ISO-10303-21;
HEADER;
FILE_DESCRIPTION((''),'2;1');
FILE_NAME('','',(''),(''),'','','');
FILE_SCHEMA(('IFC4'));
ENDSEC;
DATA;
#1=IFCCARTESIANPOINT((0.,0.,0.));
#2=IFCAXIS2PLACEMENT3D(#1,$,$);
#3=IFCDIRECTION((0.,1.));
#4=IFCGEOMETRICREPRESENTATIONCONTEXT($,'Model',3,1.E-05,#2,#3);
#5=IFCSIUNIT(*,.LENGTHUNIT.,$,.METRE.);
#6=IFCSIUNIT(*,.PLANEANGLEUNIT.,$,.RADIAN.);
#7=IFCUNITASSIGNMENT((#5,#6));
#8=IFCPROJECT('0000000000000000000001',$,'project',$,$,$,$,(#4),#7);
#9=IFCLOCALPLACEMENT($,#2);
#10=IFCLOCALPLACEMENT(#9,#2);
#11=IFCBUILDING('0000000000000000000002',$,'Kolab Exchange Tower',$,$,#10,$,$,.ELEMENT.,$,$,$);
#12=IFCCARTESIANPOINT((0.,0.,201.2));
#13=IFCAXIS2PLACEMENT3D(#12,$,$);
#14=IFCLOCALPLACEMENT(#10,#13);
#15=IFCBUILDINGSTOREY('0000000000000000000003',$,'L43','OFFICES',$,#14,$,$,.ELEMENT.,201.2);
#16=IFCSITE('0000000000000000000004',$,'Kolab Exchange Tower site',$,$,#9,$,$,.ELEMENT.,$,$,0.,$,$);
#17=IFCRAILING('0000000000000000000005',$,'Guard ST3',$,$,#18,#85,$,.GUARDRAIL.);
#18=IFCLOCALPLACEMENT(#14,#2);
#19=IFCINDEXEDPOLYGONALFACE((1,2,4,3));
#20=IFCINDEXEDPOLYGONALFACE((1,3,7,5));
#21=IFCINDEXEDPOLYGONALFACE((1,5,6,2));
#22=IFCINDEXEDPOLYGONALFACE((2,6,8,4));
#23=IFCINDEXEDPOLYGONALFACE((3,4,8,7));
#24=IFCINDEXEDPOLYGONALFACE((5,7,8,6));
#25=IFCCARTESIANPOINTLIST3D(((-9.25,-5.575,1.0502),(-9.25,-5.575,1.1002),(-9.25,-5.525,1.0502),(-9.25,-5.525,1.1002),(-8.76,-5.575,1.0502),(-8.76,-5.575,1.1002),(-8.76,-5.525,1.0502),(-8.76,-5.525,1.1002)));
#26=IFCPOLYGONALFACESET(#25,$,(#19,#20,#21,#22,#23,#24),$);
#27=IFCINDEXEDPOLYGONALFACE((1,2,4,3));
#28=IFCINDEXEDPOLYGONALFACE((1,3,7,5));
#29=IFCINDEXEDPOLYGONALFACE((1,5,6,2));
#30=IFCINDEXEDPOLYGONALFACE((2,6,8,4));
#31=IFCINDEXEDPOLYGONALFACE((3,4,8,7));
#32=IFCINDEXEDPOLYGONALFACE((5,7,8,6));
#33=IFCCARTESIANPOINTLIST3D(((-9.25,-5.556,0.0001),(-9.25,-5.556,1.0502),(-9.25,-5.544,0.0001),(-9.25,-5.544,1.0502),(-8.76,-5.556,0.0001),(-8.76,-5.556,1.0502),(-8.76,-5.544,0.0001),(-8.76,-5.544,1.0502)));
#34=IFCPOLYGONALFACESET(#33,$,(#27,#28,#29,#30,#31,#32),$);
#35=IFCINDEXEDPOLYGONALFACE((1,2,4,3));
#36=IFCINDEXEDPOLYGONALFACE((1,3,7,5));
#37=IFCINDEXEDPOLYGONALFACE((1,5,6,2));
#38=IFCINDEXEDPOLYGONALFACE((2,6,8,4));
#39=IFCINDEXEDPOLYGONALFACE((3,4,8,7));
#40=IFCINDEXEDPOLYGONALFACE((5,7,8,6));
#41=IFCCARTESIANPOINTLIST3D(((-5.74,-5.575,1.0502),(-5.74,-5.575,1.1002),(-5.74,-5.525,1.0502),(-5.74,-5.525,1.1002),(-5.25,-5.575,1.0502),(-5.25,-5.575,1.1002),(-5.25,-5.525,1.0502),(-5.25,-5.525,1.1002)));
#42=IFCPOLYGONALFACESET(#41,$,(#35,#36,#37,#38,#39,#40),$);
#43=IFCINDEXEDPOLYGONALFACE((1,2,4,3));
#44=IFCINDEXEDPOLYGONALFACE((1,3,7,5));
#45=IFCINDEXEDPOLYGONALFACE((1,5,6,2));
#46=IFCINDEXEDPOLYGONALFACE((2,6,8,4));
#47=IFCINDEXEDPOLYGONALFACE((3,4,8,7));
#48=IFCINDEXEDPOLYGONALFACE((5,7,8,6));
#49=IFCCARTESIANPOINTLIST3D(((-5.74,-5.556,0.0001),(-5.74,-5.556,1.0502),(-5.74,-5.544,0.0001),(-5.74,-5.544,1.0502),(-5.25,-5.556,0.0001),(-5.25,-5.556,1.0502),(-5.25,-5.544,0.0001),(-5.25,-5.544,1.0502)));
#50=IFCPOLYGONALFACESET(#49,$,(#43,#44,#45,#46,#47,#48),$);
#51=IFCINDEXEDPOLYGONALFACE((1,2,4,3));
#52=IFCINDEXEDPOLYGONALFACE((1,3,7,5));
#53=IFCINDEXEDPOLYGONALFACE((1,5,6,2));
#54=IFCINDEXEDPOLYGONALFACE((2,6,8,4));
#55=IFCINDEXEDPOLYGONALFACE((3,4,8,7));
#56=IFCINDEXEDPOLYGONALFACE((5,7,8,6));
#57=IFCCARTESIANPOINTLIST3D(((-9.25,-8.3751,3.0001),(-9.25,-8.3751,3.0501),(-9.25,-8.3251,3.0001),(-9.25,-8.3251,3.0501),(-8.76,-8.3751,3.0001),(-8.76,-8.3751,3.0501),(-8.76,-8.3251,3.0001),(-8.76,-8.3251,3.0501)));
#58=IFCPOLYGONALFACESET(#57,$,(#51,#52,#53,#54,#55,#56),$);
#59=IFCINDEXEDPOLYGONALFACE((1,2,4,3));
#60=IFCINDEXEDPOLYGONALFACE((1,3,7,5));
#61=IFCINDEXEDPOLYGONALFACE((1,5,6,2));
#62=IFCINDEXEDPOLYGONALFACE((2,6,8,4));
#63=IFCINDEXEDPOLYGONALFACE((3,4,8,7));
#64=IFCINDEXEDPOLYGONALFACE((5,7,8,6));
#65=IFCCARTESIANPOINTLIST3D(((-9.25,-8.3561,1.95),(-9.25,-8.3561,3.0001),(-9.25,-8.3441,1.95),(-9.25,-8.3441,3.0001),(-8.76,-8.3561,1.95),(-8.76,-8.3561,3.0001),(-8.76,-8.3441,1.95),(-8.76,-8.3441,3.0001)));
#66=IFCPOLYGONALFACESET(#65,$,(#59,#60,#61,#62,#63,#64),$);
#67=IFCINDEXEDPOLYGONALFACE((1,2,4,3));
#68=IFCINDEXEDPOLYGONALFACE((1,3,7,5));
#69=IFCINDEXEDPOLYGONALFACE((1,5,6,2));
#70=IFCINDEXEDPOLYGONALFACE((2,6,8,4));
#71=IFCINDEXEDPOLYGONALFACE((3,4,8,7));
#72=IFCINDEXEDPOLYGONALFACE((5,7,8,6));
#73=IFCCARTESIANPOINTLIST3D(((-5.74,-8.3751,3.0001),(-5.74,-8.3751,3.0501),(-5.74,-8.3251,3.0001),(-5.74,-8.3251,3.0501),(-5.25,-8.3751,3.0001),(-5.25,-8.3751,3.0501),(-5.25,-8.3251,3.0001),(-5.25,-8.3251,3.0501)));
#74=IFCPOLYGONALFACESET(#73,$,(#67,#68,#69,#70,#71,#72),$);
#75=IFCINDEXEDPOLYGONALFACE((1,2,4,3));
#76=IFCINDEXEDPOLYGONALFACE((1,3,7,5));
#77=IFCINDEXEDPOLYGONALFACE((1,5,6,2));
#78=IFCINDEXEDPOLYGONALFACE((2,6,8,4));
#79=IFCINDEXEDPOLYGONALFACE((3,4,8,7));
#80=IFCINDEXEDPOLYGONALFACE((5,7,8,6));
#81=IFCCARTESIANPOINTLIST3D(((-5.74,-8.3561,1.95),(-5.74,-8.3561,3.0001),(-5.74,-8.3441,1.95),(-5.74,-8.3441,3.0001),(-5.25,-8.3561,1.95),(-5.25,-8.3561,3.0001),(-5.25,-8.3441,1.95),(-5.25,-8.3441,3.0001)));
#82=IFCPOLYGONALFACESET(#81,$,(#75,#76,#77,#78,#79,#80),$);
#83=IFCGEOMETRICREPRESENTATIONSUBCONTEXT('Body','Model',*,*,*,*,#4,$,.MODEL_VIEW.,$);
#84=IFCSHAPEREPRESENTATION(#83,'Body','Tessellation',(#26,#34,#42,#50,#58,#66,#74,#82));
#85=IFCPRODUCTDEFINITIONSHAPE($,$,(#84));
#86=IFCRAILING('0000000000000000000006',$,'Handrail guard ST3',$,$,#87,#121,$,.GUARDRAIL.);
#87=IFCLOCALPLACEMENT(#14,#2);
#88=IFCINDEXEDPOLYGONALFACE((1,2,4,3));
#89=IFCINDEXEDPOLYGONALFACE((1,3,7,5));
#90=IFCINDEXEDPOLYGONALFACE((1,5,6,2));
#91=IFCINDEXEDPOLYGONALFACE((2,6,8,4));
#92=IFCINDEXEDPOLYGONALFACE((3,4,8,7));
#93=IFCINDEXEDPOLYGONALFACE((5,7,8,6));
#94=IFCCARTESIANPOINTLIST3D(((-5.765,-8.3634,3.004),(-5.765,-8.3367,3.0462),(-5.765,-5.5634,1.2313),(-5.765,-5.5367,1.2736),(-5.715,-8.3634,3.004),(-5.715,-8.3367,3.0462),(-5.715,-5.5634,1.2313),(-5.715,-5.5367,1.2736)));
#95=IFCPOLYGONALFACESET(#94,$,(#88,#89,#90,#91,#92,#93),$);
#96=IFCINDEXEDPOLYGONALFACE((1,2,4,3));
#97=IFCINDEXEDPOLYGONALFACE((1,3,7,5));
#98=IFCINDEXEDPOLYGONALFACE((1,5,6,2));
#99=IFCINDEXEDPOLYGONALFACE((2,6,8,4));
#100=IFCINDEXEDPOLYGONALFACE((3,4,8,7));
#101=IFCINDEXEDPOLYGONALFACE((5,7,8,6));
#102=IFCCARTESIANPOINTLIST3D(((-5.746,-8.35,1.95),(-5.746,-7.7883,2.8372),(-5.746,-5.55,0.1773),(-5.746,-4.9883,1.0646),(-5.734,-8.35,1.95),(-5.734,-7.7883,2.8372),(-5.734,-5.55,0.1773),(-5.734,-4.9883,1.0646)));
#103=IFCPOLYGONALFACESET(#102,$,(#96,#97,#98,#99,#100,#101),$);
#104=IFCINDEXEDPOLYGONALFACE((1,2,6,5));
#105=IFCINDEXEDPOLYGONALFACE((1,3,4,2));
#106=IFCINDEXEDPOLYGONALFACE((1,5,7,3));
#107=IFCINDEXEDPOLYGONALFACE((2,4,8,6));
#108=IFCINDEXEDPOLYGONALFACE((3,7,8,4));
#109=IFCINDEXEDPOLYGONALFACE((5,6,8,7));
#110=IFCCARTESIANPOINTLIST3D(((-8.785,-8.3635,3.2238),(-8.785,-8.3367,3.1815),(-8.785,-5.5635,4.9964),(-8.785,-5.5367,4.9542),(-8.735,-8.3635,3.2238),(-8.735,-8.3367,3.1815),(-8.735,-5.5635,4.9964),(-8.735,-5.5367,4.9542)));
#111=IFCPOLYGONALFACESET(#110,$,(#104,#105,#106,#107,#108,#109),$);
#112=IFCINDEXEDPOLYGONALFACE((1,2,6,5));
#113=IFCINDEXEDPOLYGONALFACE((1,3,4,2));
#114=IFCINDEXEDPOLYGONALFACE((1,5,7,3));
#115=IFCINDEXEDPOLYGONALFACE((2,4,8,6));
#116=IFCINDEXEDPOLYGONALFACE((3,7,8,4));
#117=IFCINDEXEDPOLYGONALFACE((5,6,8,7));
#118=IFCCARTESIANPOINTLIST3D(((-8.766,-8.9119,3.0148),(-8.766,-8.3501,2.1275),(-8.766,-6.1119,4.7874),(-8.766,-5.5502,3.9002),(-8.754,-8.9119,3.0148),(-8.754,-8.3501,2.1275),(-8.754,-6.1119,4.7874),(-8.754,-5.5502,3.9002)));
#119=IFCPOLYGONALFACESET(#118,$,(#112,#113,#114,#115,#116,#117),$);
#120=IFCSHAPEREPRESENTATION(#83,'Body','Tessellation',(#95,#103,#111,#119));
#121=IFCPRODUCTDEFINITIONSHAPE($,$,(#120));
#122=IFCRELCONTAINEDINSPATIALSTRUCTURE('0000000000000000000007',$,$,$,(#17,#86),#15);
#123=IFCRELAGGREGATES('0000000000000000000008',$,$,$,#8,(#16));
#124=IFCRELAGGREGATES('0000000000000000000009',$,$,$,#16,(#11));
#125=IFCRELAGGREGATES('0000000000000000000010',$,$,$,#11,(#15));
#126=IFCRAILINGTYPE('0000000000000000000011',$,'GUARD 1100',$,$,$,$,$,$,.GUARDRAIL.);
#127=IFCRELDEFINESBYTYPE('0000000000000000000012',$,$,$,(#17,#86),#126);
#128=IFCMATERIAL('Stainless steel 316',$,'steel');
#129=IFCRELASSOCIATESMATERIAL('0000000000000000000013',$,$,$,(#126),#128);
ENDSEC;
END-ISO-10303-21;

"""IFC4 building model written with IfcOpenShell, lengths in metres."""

from ifc_helpers import new_model, si_unit, direction, frame, frame_2d, origin, origin_2d, place, context, subcontext, project, spatial, rectangle, extrude, material, type_object, element, save


model = new_model("IFC4")

# Units and contexts
model_context = context("Model", 3, precision=1e-05, world=origin(), true_north=direction((0.0, 1.0)))
body_context = subcontext(model_context, "Body", "Model", "MODEL_VIEW")
ifc_project = project(units=[si_unit("LENGTHUNIT", "METRE"), si_unit("PLANEANGLEUNIT", "RADIAN")], contexts=[model_context])

# Site, building, storey
site_placement = place(None, origin())
site = spatial("IfcSite", under=ifc_project, at=site_placement, Name="Kolab Exchange Tower site", CompositionType="ELEMENT", RefElevation=0.0)
building_placement = place(site_placement, origin())
building = spatial("IfcBuilding", under=site, at=building_placement, Name="Kolab Exchange Tower", CompositionType="ELEMENT")
storey_placement = place(building_placement, frame((0.0, 0.0, 201.2)))
storey = spatial("IfcBuildingStorey", under=building, at=storey_placement, Name="L43", Description="OFFICES", CompositionType="ELEMENT", Elevation=201.2)

# Shared definitions
ifc_material_1 = material(Name="Stainless steel 316", Category="steel")

# Railings
railing_type = type_object("IfcRailingType", Name="GUARD 1100", PredefinedType="GUARDRAIL", material=ifc_material_1)
railing_1_placement = place(storey_placement, frame((-9.25, -5.55, 0.0)))
element("IfcRailing", 1, at=railing_1_placement, inside=storey, type_object=railing_type, Name="Guard ST3", PredefinedType="GUARDRAIL", context=body_context, shape_type="SweptSolid", body=[
    extrude(rectangle(XDim=0.05, YDim=0.05, at=origin_2d()), frame((0.0, 0.0, 1.0752), z_axis=(1.0, 0.0, 0.0), x_axis=(0.0, 1.0, 0.0)), (0.0, 0.0, 1.0), 0.49),
    extrude(rectangle(XDim=0.012, YDim=1.0501, at=frame_2d((0.0, 0.5251))), frame((0.0, 0.0, 0.0), z_axis=(1.0, 0.0, 0.0), x_axis=(0.0, 1.0, 0.0)), (0.0, 0.0, 1.0), 0.49),
    extrude(rectangle(XDim=0.05, YDim=0.05, at=origin_2d()), frame((3.51, 0.0, 1.0752), z_axis=(1.0, 0.0, 0.0), x_axis=(0.0, 1.0, 0.0)), (0.0, 0.0, 1.0), 0.49),
    extrude(rectangle(XDim=0.012, YDim=1.0501, at=frame_2d((0.0, 0.5251))), frame((3.51, 0.0, 0.0), z_axis=(1.0, 0.0, 0.0), x_axis=(0.0, 1.0, 0.0)), (0.0, 0.0, 1.0), 0.49),
    extrude(rectangle(XDim=0.05, YDim=0.05, at=origin_2d()), frame((0.0, -2.8, 3.0251), z_axis=(1.0, 0.0, 0.0), x_axis=(0.0, 1.0, 0.0)), (0.0, 0.0, 1.0), 0.49),
    extrude(rectangle(XDim=0.012, YDim=1.0501, at=frame_2d((0.0, 0.5251))), frame((0.0, -2.8, 1.95), z_axis=(1.0, 0.0, 0.0), x_axis=(0.0, 1.0, 0.0)), (0.0, 0.0, 1.0), 0.49),
    extrude(rectangle(XDim=0.05, YDim=0.05, at=origin_2d()), frame((3.51, -2.8, 3.0251), z_axis=(1.0, 0.0, 0.0), x_axis=(0.0, 1.0, 0.0)), (0.0, 0.0, 1.0), 0.49),
    extrude(rectangle(XDim=0.012, YDim=1.0501, at=frame_2d((0.0, 0.5251))), frame((3.51, -2.8, 1.95), z_axis=(1.0, 0.0, 0.0), x_axis=(0.0, 1.0, 0.0)), (0.0, 0.0, 1.0), 0.49),
])
railing_2_placement = place(storey_placement, frame((-5.74, -5.55, 0.1772)))
element("IfcRailing", 2, at=railing_2_placement, inside=storey, type_object=railing_type, Name="Handrail guard ST3", PredefinedType="GUARDRAIL", context=body_context, shape_type="SweptSolid", body=[
    extrude(rectangle(XDim=0.05, YDim=0.05, at=origin_2d()), frame((0.0, 0.0, 1.0752), z_axis=(0.0, -0.844909, 0.53491), x_axis=(1.0, 0.0, 0.0)), (0.0, 0.0, 1.0), 3.314),
    extrude(rectangle(XDim=0.012, YDim=1.0501, at=frame_2d((0.0, 0.5251))), frame((0.0, 0.0, 0.0), z_axis=(0.0, -0.844909, 0.53491), x_axis=(1.0, 0.0, 0.0)), (0.0, 0.0, 1.0), 3.314),
    extrude(rectangle(XDim=0.05, YDim=0.05, at=origin_2d()), frame((-3.02, -2.8, 3.0254), z_axis=(0.0, 0.844909, 0.53491), x_axis=(-1.0, 0.0, 0.0)), (0.0, 0.0, 1.0), 3.314),
    extrude(rectangle(XDim=0.012, YDim=1.0501, at=frame_2d((0.0, 0.5251))), frame((-3.02, -2.8, 1.9502), z_axis=(0.0, 0.844909, 0.53491), x_axis=(-1.0, 0.0, 0.0)), (0.0, 0.0, 1.0), 3.314),
])

save(model, "model.ifc")
